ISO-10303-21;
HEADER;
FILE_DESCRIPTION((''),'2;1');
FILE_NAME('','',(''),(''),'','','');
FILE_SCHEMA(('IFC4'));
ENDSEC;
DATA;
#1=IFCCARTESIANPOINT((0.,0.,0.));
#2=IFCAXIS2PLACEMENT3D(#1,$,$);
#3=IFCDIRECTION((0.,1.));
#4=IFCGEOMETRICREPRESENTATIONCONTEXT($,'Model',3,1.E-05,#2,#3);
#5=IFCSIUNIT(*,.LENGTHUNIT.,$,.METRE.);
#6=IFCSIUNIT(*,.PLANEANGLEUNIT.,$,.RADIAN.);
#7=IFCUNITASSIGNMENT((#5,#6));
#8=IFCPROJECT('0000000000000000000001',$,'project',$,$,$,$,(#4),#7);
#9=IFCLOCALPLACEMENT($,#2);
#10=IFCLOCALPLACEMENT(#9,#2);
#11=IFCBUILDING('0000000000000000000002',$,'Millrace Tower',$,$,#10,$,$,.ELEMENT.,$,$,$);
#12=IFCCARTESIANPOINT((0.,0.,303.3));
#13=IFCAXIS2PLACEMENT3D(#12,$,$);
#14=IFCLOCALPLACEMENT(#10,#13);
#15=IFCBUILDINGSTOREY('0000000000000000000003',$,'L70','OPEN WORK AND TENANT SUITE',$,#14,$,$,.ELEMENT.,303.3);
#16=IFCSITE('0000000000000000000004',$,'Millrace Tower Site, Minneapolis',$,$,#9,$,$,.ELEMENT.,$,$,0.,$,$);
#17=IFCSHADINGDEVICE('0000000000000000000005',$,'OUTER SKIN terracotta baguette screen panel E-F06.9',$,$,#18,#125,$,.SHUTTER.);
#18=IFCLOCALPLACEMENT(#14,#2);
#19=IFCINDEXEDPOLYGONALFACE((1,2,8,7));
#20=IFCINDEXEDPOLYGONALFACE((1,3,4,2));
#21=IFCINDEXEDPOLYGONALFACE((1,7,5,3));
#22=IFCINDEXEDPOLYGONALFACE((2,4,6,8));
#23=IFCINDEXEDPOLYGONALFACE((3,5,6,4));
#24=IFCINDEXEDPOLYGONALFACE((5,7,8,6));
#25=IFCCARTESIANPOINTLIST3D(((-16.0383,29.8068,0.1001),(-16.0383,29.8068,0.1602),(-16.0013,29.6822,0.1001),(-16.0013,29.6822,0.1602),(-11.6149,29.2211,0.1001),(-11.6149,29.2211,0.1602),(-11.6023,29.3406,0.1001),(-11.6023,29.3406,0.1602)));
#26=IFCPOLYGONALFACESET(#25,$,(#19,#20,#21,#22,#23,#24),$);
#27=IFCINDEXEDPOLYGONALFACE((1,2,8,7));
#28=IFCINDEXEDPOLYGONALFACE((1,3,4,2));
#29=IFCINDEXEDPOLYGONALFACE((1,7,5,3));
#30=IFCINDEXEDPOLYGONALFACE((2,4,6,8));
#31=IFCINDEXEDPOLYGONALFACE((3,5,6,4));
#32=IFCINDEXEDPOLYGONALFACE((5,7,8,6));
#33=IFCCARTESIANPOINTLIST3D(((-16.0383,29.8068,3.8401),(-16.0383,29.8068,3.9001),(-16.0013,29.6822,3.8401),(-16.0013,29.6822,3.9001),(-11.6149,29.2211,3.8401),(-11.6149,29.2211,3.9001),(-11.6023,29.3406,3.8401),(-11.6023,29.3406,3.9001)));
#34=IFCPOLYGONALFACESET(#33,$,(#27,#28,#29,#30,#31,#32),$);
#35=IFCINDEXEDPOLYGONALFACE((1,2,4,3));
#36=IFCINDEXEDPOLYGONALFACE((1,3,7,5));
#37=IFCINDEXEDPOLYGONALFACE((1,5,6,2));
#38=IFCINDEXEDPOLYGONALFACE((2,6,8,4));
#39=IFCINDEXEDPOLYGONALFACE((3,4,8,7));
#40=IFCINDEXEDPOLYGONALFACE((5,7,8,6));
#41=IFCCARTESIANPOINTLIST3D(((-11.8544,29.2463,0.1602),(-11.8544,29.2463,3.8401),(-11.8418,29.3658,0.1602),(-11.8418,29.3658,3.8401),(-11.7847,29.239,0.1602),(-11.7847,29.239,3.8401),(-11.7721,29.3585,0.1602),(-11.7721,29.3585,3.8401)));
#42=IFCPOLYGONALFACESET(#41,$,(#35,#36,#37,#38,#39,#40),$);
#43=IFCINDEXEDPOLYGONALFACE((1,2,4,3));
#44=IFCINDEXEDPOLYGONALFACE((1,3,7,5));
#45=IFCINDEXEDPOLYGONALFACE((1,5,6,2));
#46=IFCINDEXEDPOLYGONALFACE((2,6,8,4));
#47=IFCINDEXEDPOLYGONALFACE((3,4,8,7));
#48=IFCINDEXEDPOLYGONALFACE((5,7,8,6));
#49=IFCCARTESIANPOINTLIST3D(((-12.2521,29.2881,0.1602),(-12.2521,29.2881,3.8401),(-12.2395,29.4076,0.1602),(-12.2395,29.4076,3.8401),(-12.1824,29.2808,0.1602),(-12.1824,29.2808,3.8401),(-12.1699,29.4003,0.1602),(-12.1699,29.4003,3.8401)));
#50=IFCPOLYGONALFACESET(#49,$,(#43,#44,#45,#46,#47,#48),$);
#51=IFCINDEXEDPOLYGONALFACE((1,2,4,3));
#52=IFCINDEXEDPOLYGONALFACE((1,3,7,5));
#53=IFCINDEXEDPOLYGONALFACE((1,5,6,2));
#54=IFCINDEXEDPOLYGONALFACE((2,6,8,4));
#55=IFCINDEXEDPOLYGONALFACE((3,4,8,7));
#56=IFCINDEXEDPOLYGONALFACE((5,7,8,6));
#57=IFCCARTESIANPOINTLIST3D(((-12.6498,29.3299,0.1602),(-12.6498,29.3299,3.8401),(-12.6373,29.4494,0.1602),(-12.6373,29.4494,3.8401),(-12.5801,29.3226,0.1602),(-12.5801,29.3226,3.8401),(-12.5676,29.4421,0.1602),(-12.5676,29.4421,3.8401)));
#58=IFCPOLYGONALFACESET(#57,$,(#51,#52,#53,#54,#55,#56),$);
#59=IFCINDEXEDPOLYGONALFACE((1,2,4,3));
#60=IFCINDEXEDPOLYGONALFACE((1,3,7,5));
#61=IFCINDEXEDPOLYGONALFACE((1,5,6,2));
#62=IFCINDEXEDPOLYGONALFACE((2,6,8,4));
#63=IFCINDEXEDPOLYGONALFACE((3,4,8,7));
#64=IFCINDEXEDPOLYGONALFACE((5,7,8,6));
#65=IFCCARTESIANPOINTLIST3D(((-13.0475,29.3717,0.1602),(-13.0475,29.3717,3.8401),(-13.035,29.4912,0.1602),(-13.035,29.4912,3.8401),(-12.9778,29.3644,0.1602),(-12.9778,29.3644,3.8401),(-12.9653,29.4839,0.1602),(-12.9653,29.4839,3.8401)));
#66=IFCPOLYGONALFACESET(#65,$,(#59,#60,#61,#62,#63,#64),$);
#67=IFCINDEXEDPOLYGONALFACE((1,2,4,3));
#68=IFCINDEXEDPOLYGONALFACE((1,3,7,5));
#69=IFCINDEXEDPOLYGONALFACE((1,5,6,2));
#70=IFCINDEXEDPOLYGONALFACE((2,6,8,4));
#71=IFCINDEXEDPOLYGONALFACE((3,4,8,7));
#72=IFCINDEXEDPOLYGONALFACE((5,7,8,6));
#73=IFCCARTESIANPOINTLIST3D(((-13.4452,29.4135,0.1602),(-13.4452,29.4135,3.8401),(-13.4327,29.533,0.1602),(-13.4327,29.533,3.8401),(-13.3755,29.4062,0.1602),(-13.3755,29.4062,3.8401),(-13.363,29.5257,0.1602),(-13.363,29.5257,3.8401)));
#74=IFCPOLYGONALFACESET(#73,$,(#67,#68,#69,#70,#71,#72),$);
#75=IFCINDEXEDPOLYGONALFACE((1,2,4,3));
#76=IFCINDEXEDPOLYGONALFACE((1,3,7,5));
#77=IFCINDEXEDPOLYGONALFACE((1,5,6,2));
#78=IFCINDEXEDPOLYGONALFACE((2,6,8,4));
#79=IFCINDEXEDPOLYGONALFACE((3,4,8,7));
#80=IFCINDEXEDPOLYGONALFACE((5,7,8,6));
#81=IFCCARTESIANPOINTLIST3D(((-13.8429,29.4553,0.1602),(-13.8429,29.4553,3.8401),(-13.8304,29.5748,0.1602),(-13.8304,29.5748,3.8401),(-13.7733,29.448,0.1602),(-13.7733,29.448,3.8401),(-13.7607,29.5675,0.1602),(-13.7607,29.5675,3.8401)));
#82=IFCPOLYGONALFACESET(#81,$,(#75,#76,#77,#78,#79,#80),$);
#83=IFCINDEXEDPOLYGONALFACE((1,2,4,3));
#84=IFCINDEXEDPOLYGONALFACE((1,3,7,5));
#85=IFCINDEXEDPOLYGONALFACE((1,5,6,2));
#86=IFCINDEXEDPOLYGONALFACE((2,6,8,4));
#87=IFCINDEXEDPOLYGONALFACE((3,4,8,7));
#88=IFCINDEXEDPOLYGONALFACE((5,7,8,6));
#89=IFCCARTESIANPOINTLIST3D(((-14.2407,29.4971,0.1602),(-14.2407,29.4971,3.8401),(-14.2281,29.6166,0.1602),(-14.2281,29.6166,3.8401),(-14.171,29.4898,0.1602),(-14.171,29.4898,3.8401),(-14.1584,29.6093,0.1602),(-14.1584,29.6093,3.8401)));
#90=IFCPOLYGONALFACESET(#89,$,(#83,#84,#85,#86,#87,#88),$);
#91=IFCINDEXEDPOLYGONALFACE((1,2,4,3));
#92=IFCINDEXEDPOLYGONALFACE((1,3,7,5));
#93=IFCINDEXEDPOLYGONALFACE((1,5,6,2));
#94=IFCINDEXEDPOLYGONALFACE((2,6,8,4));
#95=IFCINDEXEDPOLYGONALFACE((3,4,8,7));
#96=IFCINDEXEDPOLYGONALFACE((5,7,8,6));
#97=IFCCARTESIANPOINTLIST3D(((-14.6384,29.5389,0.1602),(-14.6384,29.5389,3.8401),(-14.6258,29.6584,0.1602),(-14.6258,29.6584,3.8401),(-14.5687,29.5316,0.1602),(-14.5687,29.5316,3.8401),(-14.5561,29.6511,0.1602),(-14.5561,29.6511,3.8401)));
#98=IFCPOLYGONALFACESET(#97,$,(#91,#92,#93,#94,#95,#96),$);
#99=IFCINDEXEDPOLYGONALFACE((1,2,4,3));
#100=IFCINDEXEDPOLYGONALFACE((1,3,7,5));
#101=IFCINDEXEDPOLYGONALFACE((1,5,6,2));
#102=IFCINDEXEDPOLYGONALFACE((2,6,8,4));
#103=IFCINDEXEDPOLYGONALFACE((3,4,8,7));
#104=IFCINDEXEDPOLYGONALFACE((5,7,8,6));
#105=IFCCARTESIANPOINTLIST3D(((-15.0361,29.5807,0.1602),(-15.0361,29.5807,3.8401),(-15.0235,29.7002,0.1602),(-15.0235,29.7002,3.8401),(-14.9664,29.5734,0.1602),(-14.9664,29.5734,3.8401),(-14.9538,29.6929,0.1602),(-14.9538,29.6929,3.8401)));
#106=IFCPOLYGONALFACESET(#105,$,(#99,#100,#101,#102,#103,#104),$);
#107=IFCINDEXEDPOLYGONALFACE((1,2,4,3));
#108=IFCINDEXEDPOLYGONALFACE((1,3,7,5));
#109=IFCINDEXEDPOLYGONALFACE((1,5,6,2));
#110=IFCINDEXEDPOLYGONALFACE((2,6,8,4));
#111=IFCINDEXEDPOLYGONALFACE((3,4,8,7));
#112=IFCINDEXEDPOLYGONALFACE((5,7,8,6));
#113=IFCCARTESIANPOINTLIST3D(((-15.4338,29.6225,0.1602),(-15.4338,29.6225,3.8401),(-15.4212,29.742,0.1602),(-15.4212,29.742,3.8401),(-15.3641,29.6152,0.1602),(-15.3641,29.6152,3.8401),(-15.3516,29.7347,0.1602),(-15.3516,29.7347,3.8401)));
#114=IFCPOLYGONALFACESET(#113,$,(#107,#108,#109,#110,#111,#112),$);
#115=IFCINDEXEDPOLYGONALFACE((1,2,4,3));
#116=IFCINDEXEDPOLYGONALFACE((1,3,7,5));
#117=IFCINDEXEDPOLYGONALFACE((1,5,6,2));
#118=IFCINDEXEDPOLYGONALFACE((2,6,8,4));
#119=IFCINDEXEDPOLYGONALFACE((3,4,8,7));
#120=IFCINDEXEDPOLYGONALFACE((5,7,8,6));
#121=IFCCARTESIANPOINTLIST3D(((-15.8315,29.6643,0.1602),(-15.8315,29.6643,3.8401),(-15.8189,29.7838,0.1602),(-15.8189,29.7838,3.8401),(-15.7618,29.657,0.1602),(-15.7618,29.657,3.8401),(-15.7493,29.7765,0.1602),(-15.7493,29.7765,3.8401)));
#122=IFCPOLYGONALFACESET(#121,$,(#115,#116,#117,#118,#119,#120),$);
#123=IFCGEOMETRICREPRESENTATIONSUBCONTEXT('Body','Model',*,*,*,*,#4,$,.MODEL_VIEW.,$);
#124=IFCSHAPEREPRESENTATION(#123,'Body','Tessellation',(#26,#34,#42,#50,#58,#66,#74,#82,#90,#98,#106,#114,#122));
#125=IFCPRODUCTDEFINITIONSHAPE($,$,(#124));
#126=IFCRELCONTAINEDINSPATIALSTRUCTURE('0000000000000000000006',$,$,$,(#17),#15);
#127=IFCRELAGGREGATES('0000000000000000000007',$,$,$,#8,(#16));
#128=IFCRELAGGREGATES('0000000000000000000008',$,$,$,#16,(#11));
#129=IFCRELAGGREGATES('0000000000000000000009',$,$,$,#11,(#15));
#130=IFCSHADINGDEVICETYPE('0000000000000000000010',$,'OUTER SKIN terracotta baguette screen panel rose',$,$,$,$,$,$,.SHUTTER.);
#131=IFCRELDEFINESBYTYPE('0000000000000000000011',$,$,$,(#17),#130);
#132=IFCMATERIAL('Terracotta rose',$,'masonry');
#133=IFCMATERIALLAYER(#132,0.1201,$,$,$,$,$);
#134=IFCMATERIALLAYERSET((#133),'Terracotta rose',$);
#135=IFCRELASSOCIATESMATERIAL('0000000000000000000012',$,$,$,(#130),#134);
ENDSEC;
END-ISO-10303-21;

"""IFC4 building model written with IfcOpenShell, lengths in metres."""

from ifc_helpers import new_model, entity, si_unit, direction, frame, frame_2d, origin, place, context, subcontext, project, spatial, rectangle, extrude, source, transform, mapped, material, layer, layer_set, type_object, element, save


model = new_model("IFC4")

# Units and contexts
model_context = context("Model", 3, precision=1e-05, world=origin(), true_north=direction((0.0, 1.0)))
body_context = subcontext(model_context, "Body", "Model", "MODEL_VIEW")
ifc_project = project(units=[si_unit("LENGTHUNIT", "METRE"), si_unit("PLANEANGLEUNIT", "RADIAN")], contexts=[model_context])

# Site, building, storey
site_placement = place(None, origin())
site = spatial("IfcSite", under=ifc_project, at=site_placement, Name="Millrace Tower Site, Minneapolis", CompositionType="ELEMENT", RefElevation=0.0)
building_placement = place(site_placement, origin())
building = spatial("IfcBuilding", under=site, at=building_placement, Name="Millrace Tower", CompositionType="ELEMENT")
storey_placement = place(building_placement, frame((0.0, 0.0, 303.3)))
storey = spatial("IfcBuildingStorey", under=building, at=storey_placement, Name="L70", Description="OPEN WORK AND TENANT SUITE", CompositionType="ELEMENT", Elevation=303.3)

# Shading device
ifc_material_1 = material(Name="Terracotta rose", Category="masonry")
ifc_layer_1 = layer(ifc_material_1, 0.1201)
ifc_layer_set_1 = layer_set([ifc_layer_1], Name="Terracotta rose")
shading_device_type = type_object("IfcShadingDeviceType", Name="OUTER SKIN terracotta baguette screen panel rose", PredefinedType="SHUTTER", material=ifc_layer_set_1)
cartesian_point_1 = entity("IfcCartesianPoint", [-2.2178, 0.0601])
shared_polyline_1 = entity("IfcPolyline", [cartesian_point_1, entity("IfcCartesianPoint", [2.1929, 0.0601]), entity("IfcCartesianPoint", [2.2427, -0.0601]), entity("IfcCartesianPoint", [-2.2178, -0.0601]), cartesian_point_1])
shared_shape_1 = source(origin(), body_context, "Body", "SweptSolid", [
    entity("IfcExtrudedAreaSolid", entity("IfcArbitraryClosedProfileDef", "AREA", None, shared_polyline_1), entity("IfcAxis2Placement3D", entity("IfcCartesianPoint", [0.0, 0.0, 0.0])), entity("IfcDirection", [0.0, 0.0, 1.0]), 0.0601),
    entity("IfcExtrudedAreaSolid", entity("IfcArbitraryClosedProfileDef", "AREA", None, shared_polyline_1), entity("IfcAxis2Placement3D", entity("IfcCartesianPoint", [0.0, 0.0, 3.74])), entity("IfcDirection", [0.0, 0.0, 1.0]), 0.0601),
    extrude(rectangle(XDim=0.0701, YDim=0.1201, at=frame_2d((-2.012, 0.0))), frame((0.0, 0.0, 0.0601)), (0.0, 0.0, 1.0), 3.6799),
    extrude(rectangle(XDim=0.0701, YDim=0.1201, at=frame_2d((-1.6121, 0.0))), frame((0.0, 0.0, 0.0601)), (0.0, 0.0, 1.0), 3.6799),
    extrude(rectangle(XDim=0.0701, YDim=0.1201, at=frame_2d((-1.2122, 0.0))), frame((0.0, 0.0, 0.0601)), (0.0, 0.0, 1.0), 3.6799),
    extrude(rectangle(XDim=0.0701, YDim=0.1201, at=frame_2d((-0.8123, 0.0))), frame((0.0, 0.0, 0.0601)), (0.0, 0.0, 1.0), 3.6799),
    extrude(rectangle(XDim=0.0701, YDim=0.1201, at=frame_2d((-0.4124, 0.0))), frame((0.0, 0.0, 0.0601)), (0.0, 0.0, 1.0), 3.6799),
    extrude(rectangle(XDim=0.0701, YDim=0.1201, at=frame_2d((-0.0125, 0.0))), frame((0.0, 0.0, 0.0601)), (0.0, 0.0, 1.0), 3.6799),
    extrude(rectangle(XDim=0.0701, YDim=0.1201, at=frame_2d((0.3875, 0.0))), frame((0.0, 0.0, 0.0601)), (0.0, 0.0, 1.0), 3.6799),
    extrude(rectangle(XDim=0.0701, YDim=0.1201, at=frame_2d((0.7874, 0.0))), frame((0.0, 0.0, 0.0601)), (0.0, 0.0, 1.0), 3.6799),
    extrude(rectangle(XDim=0.0701, YDim=0.1201, at=frame_2d((1.1873, 0.0))), frame((0.0, 0.0, 0.0601)), (0.0, 0.0, 1.0), 3.6799),
    extrude(rectangle(XDim=0.0701, YDim=0.1201, at=frame_2d((1.5872, 0.0))), frame((0.0, 0.0, 0.0601)), (0.0, 0.0, 1.0), 3.6799),
    extrude(rectangle(XDim=0.0701, YDim=0.1201, at=frame_2d((1.9871, 0.0))), frame((0.0, 0.0, 0.0601)), (0.0, 0.0, 1.0), 3.6799),
])
shading_device_placement = place(storey_placement, frame((-13.8142, 29.5127, 0.1001), z_axis=(0.0, 0.0, 1.0), x_axis=(-0.994522, 0.104528, 0.0)))
element("IfcShadingDevice", 1, at=shading_device_placement, inside=storey, type_object=shading_device_type, Name="OUTER SKIN terracotta baguette screen panel E-F06.9", PredefinedType="SHUTTER", context=body_context, shape_type="MappedRepresentation", body=[
    mapped(shared_shape_1, transform((0.0, 0.0, 0.0), scale=1.0)),
])

save(model, "model.ifc")
